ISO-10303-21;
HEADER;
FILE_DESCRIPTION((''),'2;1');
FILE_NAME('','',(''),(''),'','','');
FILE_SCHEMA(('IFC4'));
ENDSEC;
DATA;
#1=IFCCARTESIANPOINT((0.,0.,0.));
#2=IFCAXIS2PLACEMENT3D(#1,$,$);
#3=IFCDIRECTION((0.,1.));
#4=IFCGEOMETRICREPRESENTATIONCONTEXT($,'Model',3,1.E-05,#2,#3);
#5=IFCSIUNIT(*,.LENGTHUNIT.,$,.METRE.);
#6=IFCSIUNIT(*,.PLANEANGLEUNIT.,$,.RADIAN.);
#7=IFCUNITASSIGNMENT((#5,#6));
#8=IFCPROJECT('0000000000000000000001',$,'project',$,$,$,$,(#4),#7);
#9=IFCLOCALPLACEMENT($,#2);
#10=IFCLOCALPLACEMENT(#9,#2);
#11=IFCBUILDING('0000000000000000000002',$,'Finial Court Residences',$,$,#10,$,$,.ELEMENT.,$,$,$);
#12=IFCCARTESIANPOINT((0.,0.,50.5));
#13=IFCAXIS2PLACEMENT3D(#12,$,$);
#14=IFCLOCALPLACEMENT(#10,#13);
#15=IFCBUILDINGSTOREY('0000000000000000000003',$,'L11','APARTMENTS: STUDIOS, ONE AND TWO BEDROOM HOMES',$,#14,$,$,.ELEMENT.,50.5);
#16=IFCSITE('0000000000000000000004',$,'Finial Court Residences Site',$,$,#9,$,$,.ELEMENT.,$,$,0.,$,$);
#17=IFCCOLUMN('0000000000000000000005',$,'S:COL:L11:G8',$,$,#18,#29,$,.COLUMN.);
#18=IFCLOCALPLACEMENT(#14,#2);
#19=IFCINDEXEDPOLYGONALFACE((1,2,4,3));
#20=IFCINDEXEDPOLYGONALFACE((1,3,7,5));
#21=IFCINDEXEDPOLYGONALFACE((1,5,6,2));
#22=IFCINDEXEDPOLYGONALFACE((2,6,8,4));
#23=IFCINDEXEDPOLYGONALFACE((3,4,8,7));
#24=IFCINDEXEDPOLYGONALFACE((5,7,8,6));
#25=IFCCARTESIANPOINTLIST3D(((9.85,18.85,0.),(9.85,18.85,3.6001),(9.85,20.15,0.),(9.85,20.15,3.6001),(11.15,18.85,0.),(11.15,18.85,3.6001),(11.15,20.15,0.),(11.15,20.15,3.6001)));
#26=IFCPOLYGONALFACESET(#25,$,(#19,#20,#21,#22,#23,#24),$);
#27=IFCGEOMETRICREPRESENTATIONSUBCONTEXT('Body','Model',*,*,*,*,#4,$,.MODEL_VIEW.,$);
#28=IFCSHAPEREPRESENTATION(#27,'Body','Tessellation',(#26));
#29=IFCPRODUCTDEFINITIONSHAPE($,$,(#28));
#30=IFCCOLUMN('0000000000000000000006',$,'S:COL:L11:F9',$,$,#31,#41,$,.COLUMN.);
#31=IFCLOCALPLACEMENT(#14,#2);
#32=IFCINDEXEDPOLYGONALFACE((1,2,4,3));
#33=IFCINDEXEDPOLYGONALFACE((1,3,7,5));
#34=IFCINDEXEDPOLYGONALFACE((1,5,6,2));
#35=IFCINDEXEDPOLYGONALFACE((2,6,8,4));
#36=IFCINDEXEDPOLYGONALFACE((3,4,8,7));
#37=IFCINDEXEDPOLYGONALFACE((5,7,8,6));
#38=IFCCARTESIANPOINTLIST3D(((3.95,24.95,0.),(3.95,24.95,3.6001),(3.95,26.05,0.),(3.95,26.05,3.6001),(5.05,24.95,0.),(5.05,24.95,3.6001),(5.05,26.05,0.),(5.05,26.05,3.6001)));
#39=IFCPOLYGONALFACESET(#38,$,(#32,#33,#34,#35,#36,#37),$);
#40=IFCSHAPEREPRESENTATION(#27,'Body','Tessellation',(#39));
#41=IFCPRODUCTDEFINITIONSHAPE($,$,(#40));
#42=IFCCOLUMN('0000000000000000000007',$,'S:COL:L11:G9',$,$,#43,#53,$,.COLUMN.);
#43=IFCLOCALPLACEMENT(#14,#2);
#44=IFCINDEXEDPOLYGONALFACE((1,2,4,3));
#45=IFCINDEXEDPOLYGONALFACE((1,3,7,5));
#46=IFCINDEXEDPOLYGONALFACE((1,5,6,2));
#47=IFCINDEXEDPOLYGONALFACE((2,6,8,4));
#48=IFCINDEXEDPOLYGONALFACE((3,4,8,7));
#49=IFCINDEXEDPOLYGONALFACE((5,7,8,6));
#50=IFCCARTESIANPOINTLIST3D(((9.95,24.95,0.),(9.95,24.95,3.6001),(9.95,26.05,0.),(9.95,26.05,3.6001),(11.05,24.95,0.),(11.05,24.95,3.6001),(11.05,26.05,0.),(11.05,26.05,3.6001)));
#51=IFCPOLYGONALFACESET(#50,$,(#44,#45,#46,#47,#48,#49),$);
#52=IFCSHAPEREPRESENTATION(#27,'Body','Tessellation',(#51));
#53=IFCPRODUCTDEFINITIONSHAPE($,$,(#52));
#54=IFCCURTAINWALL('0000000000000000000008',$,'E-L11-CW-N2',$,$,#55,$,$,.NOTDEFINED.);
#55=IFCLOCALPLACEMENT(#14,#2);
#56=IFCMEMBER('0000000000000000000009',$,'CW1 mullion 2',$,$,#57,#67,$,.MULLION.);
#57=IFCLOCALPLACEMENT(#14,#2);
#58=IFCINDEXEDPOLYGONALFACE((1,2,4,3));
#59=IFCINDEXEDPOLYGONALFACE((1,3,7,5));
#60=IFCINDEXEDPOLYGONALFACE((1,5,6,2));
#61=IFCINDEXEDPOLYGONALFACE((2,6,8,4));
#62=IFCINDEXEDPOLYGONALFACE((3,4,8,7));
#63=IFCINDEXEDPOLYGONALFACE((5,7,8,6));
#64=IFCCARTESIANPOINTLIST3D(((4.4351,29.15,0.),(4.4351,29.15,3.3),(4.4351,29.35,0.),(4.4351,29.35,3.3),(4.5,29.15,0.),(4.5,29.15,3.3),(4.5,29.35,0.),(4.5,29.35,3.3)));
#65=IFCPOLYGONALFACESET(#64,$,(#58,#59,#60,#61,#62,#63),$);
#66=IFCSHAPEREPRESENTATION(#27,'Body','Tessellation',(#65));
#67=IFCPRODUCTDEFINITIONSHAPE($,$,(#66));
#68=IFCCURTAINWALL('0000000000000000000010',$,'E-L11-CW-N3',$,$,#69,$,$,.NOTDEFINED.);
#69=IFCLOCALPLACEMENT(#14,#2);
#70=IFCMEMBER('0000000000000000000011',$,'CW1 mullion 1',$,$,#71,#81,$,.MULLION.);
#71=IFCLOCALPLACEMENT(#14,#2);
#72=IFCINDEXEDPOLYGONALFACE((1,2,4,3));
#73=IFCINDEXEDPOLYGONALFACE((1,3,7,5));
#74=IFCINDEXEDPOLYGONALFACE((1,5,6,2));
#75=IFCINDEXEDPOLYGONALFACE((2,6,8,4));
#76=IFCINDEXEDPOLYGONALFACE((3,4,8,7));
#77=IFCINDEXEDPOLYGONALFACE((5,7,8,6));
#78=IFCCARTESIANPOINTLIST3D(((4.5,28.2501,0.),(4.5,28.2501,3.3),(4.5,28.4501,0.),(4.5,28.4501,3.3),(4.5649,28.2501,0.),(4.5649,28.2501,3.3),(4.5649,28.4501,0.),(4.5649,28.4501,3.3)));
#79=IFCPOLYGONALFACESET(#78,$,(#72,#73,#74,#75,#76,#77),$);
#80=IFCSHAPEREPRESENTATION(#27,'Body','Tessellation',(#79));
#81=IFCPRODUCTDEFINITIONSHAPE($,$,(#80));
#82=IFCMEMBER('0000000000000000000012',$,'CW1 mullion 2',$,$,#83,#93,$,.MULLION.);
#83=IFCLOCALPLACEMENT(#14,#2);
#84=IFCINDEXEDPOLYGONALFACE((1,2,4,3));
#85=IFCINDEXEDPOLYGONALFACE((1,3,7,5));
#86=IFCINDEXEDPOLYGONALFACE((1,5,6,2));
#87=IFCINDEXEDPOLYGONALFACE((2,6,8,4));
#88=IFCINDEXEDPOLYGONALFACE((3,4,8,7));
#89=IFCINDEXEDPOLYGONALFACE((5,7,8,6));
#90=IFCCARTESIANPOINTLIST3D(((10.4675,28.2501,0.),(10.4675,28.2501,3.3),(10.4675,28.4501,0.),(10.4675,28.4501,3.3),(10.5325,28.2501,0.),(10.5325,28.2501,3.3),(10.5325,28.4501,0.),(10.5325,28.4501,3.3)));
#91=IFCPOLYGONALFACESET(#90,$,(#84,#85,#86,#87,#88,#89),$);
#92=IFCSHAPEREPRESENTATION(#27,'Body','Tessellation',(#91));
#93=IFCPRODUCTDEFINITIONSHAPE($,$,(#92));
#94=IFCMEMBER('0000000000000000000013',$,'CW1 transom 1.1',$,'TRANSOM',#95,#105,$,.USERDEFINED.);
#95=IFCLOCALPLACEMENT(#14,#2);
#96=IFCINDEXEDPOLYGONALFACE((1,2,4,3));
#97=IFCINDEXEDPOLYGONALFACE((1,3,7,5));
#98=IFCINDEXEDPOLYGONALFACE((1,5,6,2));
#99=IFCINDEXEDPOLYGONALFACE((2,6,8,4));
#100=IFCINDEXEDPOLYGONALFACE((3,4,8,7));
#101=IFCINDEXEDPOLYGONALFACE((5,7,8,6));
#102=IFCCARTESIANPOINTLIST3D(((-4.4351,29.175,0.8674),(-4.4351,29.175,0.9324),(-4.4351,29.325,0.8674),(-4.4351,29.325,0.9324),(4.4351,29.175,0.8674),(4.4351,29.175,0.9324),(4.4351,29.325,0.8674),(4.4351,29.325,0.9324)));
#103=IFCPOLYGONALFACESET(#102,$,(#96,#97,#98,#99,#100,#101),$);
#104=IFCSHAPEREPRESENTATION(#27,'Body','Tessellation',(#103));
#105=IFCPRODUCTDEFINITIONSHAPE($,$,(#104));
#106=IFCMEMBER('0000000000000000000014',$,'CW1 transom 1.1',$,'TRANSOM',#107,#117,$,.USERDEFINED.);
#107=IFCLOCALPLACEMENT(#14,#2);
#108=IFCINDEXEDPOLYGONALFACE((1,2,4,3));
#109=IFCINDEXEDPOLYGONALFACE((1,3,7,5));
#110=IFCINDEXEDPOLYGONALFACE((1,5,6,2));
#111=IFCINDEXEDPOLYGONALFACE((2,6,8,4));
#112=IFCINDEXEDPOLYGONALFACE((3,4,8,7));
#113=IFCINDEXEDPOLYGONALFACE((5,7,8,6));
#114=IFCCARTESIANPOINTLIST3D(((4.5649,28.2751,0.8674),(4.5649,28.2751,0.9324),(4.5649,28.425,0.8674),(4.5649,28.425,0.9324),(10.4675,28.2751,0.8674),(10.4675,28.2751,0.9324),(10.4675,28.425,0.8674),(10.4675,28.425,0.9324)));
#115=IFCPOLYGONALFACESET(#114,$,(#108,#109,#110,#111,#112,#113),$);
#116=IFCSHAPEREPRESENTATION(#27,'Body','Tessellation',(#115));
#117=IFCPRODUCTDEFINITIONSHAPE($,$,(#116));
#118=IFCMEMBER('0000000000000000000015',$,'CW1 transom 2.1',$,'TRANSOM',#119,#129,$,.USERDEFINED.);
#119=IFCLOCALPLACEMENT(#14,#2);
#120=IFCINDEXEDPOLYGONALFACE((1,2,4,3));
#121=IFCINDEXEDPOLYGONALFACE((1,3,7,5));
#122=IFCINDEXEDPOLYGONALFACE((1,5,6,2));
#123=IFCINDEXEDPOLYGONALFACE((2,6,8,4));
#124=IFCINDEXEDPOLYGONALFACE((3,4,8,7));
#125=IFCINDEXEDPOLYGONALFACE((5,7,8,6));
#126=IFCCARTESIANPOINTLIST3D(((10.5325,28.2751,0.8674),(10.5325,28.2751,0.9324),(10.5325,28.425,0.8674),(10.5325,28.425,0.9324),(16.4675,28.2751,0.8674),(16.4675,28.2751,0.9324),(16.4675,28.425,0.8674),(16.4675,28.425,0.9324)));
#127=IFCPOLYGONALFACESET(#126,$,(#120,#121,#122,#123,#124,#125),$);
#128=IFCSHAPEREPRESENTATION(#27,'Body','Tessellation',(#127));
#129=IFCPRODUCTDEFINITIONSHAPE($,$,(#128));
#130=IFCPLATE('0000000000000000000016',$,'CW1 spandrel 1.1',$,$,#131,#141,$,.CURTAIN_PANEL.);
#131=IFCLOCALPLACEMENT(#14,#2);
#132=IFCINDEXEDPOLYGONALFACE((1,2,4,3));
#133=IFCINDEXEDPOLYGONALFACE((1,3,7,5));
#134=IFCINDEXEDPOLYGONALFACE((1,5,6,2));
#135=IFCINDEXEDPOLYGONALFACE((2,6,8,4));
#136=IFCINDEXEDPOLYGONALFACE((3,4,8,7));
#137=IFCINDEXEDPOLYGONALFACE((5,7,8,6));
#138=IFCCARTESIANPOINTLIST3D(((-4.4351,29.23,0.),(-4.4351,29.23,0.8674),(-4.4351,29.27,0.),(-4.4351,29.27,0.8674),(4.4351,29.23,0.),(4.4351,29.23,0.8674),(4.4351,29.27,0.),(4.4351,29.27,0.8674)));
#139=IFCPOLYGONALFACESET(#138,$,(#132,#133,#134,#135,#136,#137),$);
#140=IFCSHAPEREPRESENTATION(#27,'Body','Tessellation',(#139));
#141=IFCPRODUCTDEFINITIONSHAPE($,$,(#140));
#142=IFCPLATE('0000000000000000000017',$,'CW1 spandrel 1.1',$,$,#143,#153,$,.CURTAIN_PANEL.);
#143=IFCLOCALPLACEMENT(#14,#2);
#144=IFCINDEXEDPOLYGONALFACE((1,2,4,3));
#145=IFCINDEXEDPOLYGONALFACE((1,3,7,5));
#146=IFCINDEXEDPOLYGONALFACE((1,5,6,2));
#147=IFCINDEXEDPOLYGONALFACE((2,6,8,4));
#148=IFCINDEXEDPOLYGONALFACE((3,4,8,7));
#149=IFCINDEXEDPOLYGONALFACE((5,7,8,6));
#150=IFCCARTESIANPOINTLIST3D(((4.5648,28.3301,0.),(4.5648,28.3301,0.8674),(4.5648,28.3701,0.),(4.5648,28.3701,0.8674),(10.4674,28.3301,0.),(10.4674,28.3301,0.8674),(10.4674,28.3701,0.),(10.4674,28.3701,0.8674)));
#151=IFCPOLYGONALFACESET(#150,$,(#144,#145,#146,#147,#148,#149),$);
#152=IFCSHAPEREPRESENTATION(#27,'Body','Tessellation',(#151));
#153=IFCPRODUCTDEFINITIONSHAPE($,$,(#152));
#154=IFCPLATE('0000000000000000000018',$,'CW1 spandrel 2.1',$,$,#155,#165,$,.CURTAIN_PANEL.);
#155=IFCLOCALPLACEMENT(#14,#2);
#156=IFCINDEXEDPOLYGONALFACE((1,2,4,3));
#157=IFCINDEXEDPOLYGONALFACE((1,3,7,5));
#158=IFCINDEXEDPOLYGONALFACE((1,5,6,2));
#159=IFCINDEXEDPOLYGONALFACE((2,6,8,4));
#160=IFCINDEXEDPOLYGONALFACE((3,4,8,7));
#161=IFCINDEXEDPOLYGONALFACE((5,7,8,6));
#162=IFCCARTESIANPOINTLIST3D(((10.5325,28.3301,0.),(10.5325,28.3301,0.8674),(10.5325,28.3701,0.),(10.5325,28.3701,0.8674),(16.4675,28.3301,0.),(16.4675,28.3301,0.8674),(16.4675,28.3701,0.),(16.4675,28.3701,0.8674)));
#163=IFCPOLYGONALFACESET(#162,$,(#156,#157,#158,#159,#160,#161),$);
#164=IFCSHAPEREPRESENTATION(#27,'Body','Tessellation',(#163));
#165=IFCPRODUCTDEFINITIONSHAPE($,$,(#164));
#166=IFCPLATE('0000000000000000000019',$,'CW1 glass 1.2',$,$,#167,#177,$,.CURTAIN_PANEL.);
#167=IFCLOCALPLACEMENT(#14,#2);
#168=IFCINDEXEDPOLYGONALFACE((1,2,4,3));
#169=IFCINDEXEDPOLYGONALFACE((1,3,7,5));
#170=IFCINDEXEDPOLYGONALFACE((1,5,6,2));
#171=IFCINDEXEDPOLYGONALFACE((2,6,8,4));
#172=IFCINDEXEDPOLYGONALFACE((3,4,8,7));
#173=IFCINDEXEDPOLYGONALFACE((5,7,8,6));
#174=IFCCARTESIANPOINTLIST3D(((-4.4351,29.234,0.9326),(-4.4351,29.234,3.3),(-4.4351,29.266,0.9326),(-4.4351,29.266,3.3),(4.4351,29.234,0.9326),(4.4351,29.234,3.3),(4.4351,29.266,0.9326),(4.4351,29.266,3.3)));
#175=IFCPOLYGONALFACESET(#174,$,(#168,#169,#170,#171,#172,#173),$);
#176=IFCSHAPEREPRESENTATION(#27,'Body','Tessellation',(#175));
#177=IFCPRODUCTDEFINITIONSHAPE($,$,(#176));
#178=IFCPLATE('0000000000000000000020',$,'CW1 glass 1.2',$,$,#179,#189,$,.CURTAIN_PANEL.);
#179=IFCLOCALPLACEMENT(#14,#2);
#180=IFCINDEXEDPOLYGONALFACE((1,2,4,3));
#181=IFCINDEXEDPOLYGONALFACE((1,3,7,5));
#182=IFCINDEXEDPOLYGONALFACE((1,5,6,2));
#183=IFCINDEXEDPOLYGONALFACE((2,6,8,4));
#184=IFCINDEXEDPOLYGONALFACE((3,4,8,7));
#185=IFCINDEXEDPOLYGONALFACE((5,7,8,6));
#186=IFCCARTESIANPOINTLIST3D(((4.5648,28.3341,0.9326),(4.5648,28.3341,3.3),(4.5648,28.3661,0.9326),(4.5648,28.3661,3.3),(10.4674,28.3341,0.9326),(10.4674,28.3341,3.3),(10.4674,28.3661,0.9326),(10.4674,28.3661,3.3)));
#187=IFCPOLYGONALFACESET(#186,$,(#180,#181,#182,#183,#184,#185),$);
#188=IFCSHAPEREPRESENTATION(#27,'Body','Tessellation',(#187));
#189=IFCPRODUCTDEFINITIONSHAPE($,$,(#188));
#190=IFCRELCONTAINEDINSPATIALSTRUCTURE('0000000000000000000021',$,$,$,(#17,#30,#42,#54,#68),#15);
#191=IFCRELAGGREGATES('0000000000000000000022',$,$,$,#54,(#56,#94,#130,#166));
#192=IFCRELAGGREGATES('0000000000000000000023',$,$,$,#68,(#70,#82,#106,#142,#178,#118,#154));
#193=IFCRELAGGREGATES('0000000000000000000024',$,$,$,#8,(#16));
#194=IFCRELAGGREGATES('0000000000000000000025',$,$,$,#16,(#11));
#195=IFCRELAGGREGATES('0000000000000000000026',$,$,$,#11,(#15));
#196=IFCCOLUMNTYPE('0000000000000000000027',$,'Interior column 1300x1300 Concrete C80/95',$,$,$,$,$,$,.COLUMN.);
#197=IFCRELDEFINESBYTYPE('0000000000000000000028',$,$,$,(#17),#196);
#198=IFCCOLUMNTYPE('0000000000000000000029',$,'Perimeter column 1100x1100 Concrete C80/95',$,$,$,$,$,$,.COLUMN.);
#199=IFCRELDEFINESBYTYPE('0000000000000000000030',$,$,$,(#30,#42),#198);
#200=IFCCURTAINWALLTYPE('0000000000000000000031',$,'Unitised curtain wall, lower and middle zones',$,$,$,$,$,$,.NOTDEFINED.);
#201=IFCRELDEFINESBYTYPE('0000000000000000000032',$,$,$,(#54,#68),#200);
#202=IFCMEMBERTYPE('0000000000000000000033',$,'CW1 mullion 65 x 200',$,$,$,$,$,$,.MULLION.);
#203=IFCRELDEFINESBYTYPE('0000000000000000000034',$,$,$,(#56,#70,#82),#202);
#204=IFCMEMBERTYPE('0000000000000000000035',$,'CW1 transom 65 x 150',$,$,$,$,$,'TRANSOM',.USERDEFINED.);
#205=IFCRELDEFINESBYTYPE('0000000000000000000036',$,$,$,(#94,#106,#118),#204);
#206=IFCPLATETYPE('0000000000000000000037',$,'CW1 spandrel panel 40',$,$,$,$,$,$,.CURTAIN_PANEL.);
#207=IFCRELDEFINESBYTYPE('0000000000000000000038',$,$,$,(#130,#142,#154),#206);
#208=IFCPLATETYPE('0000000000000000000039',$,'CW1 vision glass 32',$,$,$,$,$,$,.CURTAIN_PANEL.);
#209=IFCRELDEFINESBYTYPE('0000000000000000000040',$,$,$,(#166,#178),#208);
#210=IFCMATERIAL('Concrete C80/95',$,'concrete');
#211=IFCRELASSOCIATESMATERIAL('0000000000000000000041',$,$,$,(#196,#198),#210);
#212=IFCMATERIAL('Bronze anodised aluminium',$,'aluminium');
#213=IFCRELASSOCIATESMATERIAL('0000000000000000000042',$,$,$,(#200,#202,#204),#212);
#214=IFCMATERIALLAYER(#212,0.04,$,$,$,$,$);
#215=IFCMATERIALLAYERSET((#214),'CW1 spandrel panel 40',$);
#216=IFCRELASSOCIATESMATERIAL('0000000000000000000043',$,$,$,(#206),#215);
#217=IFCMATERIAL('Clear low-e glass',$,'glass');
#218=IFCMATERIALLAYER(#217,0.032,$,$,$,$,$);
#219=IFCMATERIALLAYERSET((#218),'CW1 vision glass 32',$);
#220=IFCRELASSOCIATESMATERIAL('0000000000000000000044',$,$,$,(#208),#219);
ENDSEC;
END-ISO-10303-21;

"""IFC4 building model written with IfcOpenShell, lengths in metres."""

from ifc_helpers import new_model, si_unit, direction, frame, origin, origin_2d, place, context, subcontext, project, spatial, rectangle, extrude, material, layer, layer_set, material_profile, profile_set, type_object, element, aggregate, save


model = new_model("IFC4")

# Units and contexts
model_context = context("Model", 3, precision=1e-05, world=origin(), true_north=direction((0.0, 1.0)))
body_context = subcontext(model_context, "Body", "Model", "MODEL_VIEW")
ifc_project = project(units=[si_unit("LENGTHUNIT", "METRE"), si_unit("PLANEANGLEUNIT", "RADIAN")], contexts=[model_context])

# Site, building, storey
site_placement = place(None, origin())
site = spatial("IfcSite", under=ifc_project, at=site_placement, Name="Finial Court Residences Site", CompositionType="ELEMENT", RefElevation=0.0)
building_placement = place(site_placement, origin())
building = spatial("IfcBuilding", under=site, at=building_placement, Name="Finial Court Residences", CompositionType="ELEMENT")
storey_placement = place(building_placement, frame((0.0, 0.0, 50.5)))
storey = spatial("IfcBuildingStorey", under=building, at=storey_placement, Name="L11", Description="APARTMENTS: STUDIOS, ONE AND TWO BEDROOM HOMES", CompositionType="ELEMENT", Elevation=50.5)

# Columns
ifc_material_1 = material(Name="Concrete C80/95", Category="concrete")
ifc_material_profile_1 = material_profile(ifc_material_1, rectangle(XDim=1.3, YDim=1.3, at=origin_2d()), Name="1300x1300")
ifc_profile_set_1 = profile_set([ifc_material_profile_1], Name="Concrete C80/95")
column_type_1 = type_object("IfcColumnType", Name="Interior column 1300x1300 Concrete C80/95", PredefinedType="COLUMN", material=ifc_profile_set_1)
column_placement = place(storey_placement, frame((10.5, 19.5, 0.0), z_axis=(0.0, 0.0, 1.0), x_axis=(1.0, 0.0, 0.0)))
element("IfcColumn", 1, at=column_placement, inside=storey, type_object=column_type_1, Name="S:COL:L11:G8", PredefinedType="COLUMN", context=body_context, shape_type="SweptSolid", body=[
    extrude(rectangle(XDim=1.3, YDim=1.3, at=origin_2d()), origin(), (0.0, 0.0, 1.0), 3.6001),
])
ifc_material_profile_2 = material_profile(ifc_material_1, rectangle(XDim=1.1001, YDim=1.1001, at=origin_2d()), Name="1100x1100")
ifc_profile_set_2 = profile_set([ifc_material_profile_2], Name="Concrete C80/95")
column_type_2 = type_object("IfcColumnType", Name="Perimeter column 1100x1100 Concrete C80/95", PredefinedType="COLUMN", material=ifc_profile_set_2)
for number, where, z_axis, x_axis, name in (
    (2, (4.5, 25.5, 0.0), (0.0, 0.0, 1.0), (1.0, 0.0, 0.0), "S:COL:L11:F9"),
    (3, (10.5, 25.5, 0.0), (0.0, 0.0, 1.0), (1.0, 0.0, 0.0), "S:COL:L11:G9"),
):
    element("IfcColumn", number, at=place(storey_placement, frame(where, z_axis=z_axis, x_axis=x_axis)), inside=storey, type_object=column_type_2, Name=name, PredefinedType="COLUMN", context=body_context, shape_type="SweptSolid", body=[
        extrude(rectangle(XDim=1.1001, YDim=1.1001, at=origin_2d()), origin(), (0.0, 0.0, 1.0), 3.6001),
    ])

# Curtain wall, member
ifc_material_2 = material(Name="Bronze anodised aluminium", Category="aluminium")
curtain_wall_type = type_object("IfcCurtainWallType", Name="Unitised curtain wall, lower and middle zones", PredefinedType="NOTDEFINED", material=ifc_material_2)
curtain_wall_1_placement = place(storey_placement, origin())
curtain_wall_1 = element("IfcCurtainWall", 4, at=curtain_wall_1_placement, inside=storey, type_object=curtain_wall_type, Name="E-L11-CW-N2", PredefinedType="NOTDEFINED")
ifc_material_profile_3 = material_profile(ifc_material_2, rectangle(XDim=0.2, YDim=0.0649, at=origin_2d()), Name="CW1 mullion 65 x 200")
ifc_profile_set_3 = profile_set([ifc_material_profile_3], Name="Bronze anodised aluminium")
member_type_1 = type_object("IfcMemberType", Name="CW1 mullion 65 x 200", PredefinedType="MULLION", material=ifc_profile_set_3)
member_1_placement = place(storey_placement, frame((4.4675, 29.25, 0.0), z_axis=(0.0, 0.0, 1.0), x_axis=(0.0, 1.0, 0.0)))
member_1 = element("IfcMember", 5, at=member_1_placement, type_object=member_type_1, Name="CW1 mullion 2", PredefinedType="MULLION", context=body_context, shape_type="SweptSolid", body=[
    extrude(rectangle(XDim=0.2, YDim=0.0649, at=origin_2d()), origin(), (0.0, 0.0, 1.0), 3.3),
])

# Curtain wall, members
curtain_wall_2_placement = place(storey_placement, origin())
curtain_wall_2 = element("IfcCurtainWall", 6, at=curtain_wall_2_placement, inside=storey, type_object=curtain_wall_type, Name="E-L11-CW-N3", PredefinedType="NOTDEFINED")
member_2_placement = place(storey_placement, frame((4.5325, 28.3501, 0.0), z_axis=(0.0, 0.0, 1.0), x_axis=(0.0, 1.0, 0.0)))
member_2 = element("IfcMember", 7, at=member_2_placement, type_object=member_type_1, Name="CW1 mullion 1", PredefinedType="MULLION", context=body_context, shape_type="SweptSolid", body=[
    extrude(rectangle(XDim=0.2, YDim=0.0649, at=origin_2d()), origin(), (0.0, 0.0, 1.0), 3.3),
])
member_3_placement = place(storey_placement, frame((10.5, 28.3501, 0.0), z_axis=(0.0, 0.0, 1.0), x_axis=(0.0, 1.0, 0.0)))
member_3 = element("IfcMember", 8, at=member_3_placement, type_object=member_type_1, Name="CW1 mullion 2", PredefinedType="MULLION", context=body_context, shape_type="SweptSolid", body=[
    extrude(rectangle(XDim=0.2, YDim=0.0649, at=origin_2d()), origin(), (0.0, 0.0, 1.0), 3.3),
])

# Members
ifc_material_profile_4 = material_profile(ifc_material_2, rectangle(XDim=0.1499, YDim=0.0649, at=origin_2d()), Name="CW1 transom 65 x 150")
ifc_profile_set_4 = profile_set([ifc_material_profile_4], Name="Bronze anodised aluminium")
member_type_2 = type_object("IfcMemberType", Name="CW1 transom 65 x 150", ElementType="TRANSOM", PredefinedType="USERDEFINED", material=ifc_profile_set_4)
member_4_placement = place(storey_placement, frame((-4.4351, 29.25, 0.8999), z_axis=(1.0, 0.0, 0.0), x_axis=(0.0, 1.0, 0.0)))
member_4 = element("IfcMember", 9, at=member_4_placement, type_object=member_type_2, Name="CW1 transom 1.1", ObjectType="TRANSOM", PredefinedType="USERDEFINED", context=body_context, shape_type="SweptSolid", body=[
    extrude(rectangle(XDim=0.1499, YDim=0.0649, at=origin_2d()), origin(), (0.0, 0.0, 1.0), 8.8701),
])
member_5_placement = place(storey_placement, frame((4.5649, 28.3501, 0.8999), z_axis=(1.0, 0.0, 0.0), x_axis=(0.0, 1.0, 0.0)))
member_5 = element("IfcMember", 10, at=member_5_placement, type_object=member_type_2, Name="CW1 transom 1.1", ObjectType="TRANSOM", PredefinedType="USERDEFINED", context=body_context, shape_type="SweptSolid", body=[
    extrude(rectangle(XDim=0.1499, YDim=0.0649, at=origin_2d()), origin(), (0.0, 0.0, 1.0), 5.9026),
])
member_6_placement = place(storey_placement, frame((10.5325, 28.3501, 0.8999), z_axis=(1.0, 0.0, 0.0), x_axis=(0.0, 1.0, 0.0)))
member_6 = element("IfcMember", 11, at=member_6_placement, type_object=member_type_2, Name="CW1 transom 2.1", ObjectType="TRANSOM", PredefinedType="USERDEFINED", context=body_context, shape_type="SweptSolid", body=[
    extrude(rectangle(XDim=0.1499, YDim=0.0649, at=origin_2d()), origin(), (0.0, 0.0, 1.0), 5.9351),
])

# Plates
ifc_layer_1 = layer(ifc_material_2, 0.04)
ifc_layer_set_1 = layer_set([ifc_layer_1], Name="CW1 spandrel panel 40")
plate_type_1 = type_object("IfcPlateType", Name="CW1 spandrel panel 40", PredefinedType="CURTAIN_PANEL", material=ifc_layer_set_1)
plate_1_placement = place(storey_placement, frame((0.0, 29.25, 0.0), z_axis=(0.0, 0.0, 1.0), x_axis=(1.0, 0.0, 0.0)))
plate_1 = element("IfcPlate", 12, at=plate_1_placement, type_object=plate_type_1, Name="CW1 spandrel 1.1", PredefinedType="CURTAIN_PANEL", context=body_context, shape_type="SweptSolid", body=[
    extrude(rectangle(XDim=8.8701, YDim=0.04, at=origin_2d()), origin(), (0.0, 0.0, 1.0), 0.8674),
])
plate_2_placement = place(storey_placement, frame((7.5161, 28.3501, 0.0), z_axis=(0.0, 0.0, 1.0), x_axis=(1.0, 0.0, 0.0)))
plate_2 = element("IfcPlate", 13, at=plate_2_placement, type_object=plate_type_1, Name="CW1 spandrel 1.1", PredefinedType="CURTAIN_PANEL", context=body_context, shape_type="SweptSolid", body=[
    extrude(rectangle(XDim=5.9026, YDim=0.04, at=origin_2d()), origin(), (0.0, 0.0, 1.0), 0.8674),
])
plate_3_placement = place(storey_placement, frame((13.5, 28.3501, 0.0), z_axis=(0.0, 0.0, 1.0), x_axis=(1.0, 0.0, 0.0)))
plate_3 = element("IfcPlate", 14, at=plate_3_placement, type_object=plate_type_1, Name="CW1 spandrel 2.1", PredefinedType="CURTAIN_PANEL", context=body_context, shape_type="SweptSolid", body=[
    extrude(rectangle(XDim=5.9351, YDim=0.04, at=origin_2d()), origin(), (0.0, 0.0, 1.0), 0.8674),
])
ifc_material_3 = material(Name="Clear low-e glass", Category="glass")
ifc_layer_2 = layer(ifc_material_3, 0.032)
ifc_layer_set_2 = layer_set([ifc_layer_2], Name="CW1 vision glass 32")
plate_type_2 = type_object("IfcPlateType", Name="CW1 vision glass 32", PredefinedType="CURTAIN_PANEL", material=ifc_layer_set_2)
plate_4_placement = place(storey_placement, frame((0.0, 29.25, 0.9326), z_axis=(0.0, 0.0, 1.0), x_axis=(1.0, 0.0, 0.0)))
plate_4 = element("IfcPlate", 15, at=plate_4_placement, type_object=plate_type_2, Name="CW1 glass 1.2", PredefinedType="CURTAIN_PANEL", context=body_context, shape_type="SweptSolid", body=[
    extrude(rectangle(XDim=8.8701, YDim=0.032, at=origin_2d()), origin(), (0.0, 0.0, 1.0), 2.3674),
])
aggregate(curtain_wall_1, [member_1, member_4, plate_1, plate_4])
plate_5_placement = place(storey_placement, frame((7.5161, 28.3501, 0.9326), z_axis=(0.0, 0.0, 1.0), x_axis=(1.0, 0.0, 0.0)))
plate_5 = element("IfcPlate", 16, at=plate_5_placement, type_object=plate_type_2, Name="CW1 glass 1.2", PredefinedType="CURTAIN_PANEL", context=body_context, shape_type="SweptSolid", body=[
    extrude(rectangle(XDim=5.9026, YDim=0.032, at=origin_2d()), origin(), (0.0, 0.0, 1.0), 2.3674),
])
aggregate(curtain_wall_2, [member_2, member_3, member_5, plate_2, plate_5, member_6, plate_3])

save(model, "model.ifc")
